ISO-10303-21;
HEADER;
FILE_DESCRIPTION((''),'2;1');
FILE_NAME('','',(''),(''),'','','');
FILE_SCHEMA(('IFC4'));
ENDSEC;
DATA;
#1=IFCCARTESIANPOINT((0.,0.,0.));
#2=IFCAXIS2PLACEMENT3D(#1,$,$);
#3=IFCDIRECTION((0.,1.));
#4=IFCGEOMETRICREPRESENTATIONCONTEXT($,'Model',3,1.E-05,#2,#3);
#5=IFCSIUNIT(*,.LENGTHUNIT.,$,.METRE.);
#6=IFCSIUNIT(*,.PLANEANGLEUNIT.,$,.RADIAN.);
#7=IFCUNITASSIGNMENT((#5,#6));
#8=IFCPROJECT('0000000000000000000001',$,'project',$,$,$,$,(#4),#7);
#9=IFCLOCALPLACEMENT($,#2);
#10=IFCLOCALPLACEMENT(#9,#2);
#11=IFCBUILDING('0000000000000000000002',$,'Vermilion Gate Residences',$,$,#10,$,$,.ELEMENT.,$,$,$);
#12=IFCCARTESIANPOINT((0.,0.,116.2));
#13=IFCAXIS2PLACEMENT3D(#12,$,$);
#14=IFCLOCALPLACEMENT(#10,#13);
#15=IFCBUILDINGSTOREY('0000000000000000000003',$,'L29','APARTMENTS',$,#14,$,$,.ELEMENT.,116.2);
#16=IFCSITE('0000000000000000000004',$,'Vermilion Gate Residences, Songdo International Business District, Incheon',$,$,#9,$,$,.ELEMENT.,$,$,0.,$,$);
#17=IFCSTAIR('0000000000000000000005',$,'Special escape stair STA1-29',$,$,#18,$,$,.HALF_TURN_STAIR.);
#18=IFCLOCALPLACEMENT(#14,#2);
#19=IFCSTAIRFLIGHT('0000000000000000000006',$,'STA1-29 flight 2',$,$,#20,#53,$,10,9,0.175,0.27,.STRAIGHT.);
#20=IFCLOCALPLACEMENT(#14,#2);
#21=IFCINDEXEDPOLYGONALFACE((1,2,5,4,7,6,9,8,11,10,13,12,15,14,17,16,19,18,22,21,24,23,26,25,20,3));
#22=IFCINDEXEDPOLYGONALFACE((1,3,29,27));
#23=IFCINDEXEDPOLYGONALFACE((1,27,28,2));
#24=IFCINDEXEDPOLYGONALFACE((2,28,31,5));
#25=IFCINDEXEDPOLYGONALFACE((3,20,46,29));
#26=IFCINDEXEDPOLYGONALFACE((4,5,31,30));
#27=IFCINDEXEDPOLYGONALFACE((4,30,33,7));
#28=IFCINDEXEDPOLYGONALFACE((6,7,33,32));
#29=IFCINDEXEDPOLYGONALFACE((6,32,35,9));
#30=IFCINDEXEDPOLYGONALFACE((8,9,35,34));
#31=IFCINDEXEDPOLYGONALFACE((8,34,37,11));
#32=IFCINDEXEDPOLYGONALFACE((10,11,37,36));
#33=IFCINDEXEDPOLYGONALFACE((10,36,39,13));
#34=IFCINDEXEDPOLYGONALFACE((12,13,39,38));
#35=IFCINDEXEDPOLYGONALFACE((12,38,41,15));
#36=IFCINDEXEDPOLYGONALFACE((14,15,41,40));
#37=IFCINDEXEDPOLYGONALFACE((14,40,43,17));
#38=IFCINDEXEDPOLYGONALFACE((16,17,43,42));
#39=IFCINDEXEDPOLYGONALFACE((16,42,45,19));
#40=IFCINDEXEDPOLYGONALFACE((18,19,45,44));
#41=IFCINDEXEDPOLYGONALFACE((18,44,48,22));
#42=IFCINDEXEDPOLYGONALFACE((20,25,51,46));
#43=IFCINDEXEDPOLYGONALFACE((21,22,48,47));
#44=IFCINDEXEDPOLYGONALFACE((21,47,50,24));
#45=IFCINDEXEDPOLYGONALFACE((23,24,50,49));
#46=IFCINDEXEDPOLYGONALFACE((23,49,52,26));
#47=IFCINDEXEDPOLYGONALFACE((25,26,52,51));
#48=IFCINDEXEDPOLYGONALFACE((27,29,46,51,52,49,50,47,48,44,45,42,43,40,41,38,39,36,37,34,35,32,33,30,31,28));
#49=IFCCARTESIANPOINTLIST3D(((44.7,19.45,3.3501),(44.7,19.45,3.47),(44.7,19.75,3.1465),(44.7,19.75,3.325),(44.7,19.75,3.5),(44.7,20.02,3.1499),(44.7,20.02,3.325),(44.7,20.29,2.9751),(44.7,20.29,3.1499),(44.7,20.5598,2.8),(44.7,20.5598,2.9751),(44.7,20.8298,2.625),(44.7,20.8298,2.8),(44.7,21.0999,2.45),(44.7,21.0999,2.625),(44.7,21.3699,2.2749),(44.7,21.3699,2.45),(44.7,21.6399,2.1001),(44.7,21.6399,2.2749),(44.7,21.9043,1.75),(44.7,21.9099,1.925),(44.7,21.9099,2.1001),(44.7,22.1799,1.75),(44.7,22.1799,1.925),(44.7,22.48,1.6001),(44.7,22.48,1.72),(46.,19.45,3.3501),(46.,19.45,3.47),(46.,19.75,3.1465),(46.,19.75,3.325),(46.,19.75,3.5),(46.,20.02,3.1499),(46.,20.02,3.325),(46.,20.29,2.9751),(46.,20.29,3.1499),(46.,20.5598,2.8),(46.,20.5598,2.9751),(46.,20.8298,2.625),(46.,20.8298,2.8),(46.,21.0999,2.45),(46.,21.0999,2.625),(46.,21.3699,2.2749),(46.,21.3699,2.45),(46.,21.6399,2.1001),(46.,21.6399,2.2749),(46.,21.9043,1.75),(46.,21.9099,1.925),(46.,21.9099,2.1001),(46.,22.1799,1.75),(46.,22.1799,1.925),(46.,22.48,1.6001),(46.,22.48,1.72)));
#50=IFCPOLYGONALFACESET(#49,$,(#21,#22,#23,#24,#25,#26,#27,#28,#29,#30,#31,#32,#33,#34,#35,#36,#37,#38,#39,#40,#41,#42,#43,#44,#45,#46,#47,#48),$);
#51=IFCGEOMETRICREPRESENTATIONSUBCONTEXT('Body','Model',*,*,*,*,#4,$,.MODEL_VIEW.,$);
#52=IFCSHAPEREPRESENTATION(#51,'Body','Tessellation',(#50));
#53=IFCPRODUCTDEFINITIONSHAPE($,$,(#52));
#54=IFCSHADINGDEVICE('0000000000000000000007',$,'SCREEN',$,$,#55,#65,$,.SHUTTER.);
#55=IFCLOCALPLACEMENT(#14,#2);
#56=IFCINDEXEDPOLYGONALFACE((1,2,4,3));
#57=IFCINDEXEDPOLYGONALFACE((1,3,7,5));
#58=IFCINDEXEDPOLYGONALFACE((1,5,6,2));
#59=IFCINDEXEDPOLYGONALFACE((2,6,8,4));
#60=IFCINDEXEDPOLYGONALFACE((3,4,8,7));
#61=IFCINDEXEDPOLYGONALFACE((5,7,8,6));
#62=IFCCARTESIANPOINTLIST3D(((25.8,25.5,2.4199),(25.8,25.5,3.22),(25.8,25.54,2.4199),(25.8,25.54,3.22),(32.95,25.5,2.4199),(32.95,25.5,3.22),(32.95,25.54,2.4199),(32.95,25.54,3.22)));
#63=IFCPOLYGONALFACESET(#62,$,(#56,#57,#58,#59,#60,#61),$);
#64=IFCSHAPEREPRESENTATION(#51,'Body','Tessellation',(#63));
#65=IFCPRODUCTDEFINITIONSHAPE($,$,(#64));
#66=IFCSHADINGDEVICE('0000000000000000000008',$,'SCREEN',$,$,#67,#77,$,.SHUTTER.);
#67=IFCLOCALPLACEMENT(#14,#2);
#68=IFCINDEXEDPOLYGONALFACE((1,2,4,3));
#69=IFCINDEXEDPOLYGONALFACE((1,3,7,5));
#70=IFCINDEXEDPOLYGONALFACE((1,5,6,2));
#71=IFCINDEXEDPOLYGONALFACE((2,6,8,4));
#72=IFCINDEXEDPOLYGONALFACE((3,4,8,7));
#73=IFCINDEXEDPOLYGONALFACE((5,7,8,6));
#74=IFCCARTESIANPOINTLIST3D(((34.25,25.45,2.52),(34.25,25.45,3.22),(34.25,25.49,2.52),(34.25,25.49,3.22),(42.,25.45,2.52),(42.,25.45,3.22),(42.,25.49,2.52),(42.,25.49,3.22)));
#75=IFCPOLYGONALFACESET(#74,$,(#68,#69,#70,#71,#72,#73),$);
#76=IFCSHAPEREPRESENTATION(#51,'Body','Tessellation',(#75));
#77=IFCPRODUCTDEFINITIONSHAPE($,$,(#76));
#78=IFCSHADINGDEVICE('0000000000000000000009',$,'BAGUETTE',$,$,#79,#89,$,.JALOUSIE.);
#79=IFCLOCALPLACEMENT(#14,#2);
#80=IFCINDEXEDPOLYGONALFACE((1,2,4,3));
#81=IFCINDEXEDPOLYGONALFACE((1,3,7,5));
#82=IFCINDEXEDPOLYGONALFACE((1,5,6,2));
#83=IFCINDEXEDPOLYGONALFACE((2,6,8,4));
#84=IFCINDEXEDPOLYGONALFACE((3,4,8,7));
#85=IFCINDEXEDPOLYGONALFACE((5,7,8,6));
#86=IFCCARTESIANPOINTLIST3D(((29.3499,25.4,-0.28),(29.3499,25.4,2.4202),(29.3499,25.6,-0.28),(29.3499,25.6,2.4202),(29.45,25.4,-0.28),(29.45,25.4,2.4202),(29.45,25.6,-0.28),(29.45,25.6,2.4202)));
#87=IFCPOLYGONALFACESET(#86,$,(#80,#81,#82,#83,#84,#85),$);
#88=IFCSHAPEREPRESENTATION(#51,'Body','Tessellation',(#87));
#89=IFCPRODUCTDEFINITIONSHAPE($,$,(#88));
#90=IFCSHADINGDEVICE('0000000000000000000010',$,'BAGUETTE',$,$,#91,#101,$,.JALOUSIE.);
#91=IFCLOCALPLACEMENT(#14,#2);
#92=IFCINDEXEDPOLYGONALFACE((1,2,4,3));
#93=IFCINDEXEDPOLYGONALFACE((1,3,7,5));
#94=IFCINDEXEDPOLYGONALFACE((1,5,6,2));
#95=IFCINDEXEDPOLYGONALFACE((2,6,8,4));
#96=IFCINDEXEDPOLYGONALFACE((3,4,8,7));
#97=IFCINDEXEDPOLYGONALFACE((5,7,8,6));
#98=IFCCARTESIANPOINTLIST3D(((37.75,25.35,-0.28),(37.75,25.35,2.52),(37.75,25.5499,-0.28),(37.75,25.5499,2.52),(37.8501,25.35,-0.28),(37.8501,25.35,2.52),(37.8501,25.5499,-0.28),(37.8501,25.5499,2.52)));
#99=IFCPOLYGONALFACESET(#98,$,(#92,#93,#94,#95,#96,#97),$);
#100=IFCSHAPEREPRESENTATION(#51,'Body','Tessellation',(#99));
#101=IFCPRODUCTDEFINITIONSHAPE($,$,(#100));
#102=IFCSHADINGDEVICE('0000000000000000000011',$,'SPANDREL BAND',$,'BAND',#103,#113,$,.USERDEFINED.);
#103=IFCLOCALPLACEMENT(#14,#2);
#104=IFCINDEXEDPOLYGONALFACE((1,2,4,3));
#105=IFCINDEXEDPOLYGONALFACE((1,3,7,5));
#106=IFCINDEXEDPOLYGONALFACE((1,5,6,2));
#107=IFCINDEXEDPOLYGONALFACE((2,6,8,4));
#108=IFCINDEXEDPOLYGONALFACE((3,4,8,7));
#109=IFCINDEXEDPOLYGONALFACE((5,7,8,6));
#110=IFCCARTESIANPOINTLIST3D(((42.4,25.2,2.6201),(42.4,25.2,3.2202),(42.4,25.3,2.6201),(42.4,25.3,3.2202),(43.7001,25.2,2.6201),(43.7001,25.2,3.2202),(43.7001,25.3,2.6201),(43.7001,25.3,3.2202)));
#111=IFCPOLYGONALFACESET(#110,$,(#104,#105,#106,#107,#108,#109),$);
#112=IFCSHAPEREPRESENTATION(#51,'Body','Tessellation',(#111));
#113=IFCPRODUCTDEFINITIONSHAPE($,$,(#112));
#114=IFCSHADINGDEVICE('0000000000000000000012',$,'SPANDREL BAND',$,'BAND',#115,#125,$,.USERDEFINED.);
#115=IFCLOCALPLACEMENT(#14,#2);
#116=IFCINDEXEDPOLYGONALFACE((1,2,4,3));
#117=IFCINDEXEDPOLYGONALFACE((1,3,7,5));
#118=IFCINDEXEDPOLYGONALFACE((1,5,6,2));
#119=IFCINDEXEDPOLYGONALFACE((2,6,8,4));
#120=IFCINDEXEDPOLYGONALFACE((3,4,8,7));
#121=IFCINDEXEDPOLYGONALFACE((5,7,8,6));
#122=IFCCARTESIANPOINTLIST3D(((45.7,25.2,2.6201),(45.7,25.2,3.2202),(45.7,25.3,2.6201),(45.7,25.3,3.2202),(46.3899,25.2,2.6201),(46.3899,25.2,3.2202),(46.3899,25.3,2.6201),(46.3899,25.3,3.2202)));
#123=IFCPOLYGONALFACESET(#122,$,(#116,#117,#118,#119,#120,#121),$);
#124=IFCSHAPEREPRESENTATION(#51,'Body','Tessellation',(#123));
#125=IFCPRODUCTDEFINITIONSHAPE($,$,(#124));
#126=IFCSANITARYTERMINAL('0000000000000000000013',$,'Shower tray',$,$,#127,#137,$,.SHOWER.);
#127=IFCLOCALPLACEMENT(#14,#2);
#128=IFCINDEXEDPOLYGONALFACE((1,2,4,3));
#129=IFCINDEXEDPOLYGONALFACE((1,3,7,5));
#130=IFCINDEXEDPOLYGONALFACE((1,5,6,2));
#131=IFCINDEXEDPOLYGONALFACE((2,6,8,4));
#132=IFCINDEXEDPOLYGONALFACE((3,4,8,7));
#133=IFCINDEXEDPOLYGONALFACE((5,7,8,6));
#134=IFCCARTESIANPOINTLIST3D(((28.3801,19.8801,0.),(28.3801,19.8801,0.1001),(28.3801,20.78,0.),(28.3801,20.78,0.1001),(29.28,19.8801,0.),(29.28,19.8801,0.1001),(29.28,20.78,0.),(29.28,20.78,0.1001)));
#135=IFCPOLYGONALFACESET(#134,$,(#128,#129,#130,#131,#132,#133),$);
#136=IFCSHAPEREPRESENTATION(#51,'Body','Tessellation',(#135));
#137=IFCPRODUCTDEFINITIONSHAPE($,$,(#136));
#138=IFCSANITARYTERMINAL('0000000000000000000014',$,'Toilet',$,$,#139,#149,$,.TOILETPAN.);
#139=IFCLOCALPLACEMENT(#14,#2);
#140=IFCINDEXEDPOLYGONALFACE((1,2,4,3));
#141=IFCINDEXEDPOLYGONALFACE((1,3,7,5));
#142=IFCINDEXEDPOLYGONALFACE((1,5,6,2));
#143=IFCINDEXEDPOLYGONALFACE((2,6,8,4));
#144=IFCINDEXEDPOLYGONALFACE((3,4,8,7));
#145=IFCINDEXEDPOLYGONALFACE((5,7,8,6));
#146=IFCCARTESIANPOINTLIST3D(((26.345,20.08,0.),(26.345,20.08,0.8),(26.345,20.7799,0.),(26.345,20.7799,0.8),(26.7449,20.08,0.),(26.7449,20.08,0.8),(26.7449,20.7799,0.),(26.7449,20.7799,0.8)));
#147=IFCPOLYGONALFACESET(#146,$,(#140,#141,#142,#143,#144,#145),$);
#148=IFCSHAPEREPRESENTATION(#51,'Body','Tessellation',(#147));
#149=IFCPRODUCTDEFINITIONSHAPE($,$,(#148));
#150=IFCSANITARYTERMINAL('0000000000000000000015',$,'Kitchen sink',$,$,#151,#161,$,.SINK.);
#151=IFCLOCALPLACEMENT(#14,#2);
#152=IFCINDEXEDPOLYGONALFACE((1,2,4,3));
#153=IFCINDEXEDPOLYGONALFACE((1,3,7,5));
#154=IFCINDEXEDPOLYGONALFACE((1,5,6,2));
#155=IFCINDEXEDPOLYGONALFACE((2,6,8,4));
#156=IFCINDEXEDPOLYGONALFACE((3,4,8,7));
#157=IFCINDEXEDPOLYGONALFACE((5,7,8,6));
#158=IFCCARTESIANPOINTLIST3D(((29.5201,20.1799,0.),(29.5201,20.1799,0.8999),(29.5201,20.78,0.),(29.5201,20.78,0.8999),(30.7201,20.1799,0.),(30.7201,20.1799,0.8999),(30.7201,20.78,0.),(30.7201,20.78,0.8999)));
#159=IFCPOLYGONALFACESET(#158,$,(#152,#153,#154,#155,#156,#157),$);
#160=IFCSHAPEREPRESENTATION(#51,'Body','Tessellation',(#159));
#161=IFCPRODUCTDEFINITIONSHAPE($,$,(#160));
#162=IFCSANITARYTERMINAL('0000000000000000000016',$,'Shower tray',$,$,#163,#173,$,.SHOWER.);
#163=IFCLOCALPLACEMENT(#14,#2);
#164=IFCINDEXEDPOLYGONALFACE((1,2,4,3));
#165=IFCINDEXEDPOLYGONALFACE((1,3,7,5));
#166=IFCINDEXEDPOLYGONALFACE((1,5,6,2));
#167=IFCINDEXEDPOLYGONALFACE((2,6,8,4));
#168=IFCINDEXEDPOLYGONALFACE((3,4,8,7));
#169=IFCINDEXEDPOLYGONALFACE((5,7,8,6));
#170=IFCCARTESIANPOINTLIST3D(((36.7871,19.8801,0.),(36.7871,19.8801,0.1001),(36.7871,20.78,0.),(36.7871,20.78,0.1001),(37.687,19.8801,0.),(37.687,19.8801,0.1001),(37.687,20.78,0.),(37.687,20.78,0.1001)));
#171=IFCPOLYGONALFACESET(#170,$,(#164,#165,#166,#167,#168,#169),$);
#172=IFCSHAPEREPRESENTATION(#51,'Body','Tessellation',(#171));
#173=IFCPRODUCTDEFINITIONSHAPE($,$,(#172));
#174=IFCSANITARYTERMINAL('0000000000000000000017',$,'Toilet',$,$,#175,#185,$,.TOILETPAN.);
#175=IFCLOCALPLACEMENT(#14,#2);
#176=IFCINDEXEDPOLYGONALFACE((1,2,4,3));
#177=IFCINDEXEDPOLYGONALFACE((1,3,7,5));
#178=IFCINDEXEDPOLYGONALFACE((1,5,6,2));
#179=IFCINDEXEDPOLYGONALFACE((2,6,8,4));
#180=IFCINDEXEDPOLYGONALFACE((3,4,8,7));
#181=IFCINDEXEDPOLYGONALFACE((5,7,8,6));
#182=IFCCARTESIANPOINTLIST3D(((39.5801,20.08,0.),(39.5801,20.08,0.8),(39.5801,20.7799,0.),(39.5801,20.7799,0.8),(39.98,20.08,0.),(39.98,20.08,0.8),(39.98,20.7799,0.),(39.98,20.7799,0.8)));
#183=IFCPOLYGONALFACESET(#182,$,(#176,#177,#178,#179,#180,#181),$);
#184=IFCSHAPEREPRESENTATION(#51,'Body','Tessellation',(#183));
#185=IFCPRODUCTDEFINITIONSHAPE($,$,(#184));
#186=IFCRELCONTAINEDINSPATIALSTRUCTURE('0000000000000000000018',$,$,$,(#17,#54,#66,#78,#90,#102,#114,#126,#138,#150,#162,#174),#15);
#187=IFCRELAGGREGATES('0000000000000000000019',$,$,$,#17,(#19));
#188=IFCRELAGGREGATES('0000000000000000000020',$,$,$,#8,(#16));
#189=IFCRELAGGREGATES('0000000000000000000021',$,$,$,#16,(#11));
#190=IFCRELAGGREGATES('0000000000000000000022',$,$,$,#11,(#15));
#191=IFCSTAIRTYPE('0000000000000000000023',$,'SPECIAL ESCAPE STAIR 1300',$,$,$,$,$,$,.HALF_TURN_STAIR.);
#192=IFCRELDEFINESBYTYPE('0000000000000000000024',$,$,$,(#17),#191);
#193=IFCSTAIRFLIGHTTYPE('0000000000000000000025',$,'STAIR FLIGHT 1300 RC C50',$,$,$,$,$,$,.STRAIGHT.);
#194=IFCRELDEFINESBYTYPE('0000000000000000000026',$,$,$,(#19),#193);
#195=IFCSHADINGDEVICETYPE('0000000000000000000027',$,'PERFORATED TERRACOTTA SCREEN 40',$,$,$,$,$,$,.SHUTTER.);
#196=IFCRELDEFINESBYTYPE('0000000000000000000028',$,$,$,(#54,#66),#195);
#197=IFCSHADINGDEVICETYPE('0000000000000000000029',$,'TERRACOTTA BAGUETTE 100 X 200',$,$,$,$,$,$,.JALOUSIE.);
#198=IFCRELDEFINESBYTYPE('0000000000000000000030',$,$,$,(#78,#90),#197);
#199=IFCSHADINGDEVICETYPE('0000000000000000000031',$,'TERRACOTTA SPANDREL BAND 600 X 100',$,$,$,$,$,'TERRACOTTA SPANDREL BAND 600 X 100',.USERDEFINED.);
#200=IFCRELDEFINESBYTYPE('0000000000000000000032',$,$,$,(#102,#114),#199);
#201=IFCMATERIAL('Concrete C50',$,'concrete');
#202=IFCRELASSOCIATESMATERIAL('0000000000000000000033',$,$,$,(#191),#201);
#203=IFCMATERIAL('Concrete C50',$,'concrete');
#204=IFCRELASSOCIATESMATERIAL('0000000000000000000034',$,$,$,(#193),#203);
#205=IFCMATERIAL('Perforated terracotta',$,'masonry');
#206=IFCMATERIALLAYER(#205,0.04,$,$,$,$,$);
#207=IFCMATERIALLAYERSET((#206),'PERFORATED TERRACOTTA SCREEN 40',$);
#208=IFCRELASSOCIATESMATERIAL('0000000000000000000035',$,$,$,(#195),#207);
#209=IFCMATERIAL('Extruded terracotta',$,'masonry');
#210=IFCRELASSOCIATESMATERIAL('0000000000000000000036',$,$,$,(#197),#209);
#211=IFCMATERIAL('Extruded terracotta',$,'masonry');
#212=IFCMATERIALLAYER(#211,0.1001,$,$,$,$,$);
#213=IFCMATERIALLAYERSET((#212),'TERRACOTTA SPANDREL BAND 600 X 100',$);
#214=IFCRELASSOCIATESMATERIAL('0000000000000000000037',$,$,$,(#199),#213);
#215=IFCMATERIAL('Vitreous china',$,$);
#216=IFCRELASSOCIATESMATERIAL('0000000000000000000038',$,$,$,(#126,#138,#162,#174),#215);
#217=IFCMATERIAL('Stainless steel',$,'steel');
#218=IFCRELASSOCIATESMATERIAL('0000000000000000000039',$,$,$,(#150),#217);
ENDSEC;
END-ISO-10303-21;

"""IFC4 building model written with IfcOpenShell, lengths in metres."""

from ifc_helpers import new_model, si_unit, direction, frame, origin, origin_2d, place, context, subcontext, project, spatial, polyline, rectangle, outline, extrude, material, layer, layer_set, material_profile, profile_set, type_object, element, aggregate, save


model = new_model("IFC4")

# Units and contexts
model_context = context("Model", 3, precision=1e-05, world=origin(), true_north=direction((0.0, 1.0)))
body_context = subcontext(model_context, "Body", "Model", "MODEL_VIEW")
ifc_project = project(units=[si_unit("LENGTHUNIT", "METRE"), si_unit("PLANEANGLEUNIT", "RADIAN")], contexts=[model_context])

# Site, building, storey
site_placement = place(None, origin())
site = spatial("IfcSite", under=ifc_project, at=site_placement, Name="Vermilion Gate Residences, Songdo International Business District, Incheon", CompositionType="ELEMENT", RefElevation=0.0)
building_placement = place(site_placement, origin())
building = spatial("IfcBuilding", under=site, at=building_placement, Name="Vermilion Gate Residences", CompositionType="ELEMENT")
storey_placement = place(building_placement, frame((0.0, 0.0, 116.2)))
storey = spatial("IfcBuildingStorey", under=building, at=storey_placement, Name="L29", Description="APARTMENTS", CompositionType="ELEMENT", Elevation=116.2)

# Stair, stair flight
ifc_material_1 = material(Name="Concrete C50", Category="concrete")
stair_type = type_object("IfcStairType", Name="SPECIAL ESCAPE STAIR 1300", PredefinedType="HALF_TURN_STAIR", material=ifc_material_1)
stair_placement = place(storey_placement, origin())
stair = element("IfcStair", 1, at=stair_placement, inside=storey, type_object=stair_type, Name="Special escape stair STA1-29", PredefinedType="HALF_TURN_STAIR")
ifc_material_2 = material(Name="Concrete C50", Category="concrete")
stair_flight_type = type_object("IfcStairFlightType", Name="STAIR FLIGHT 1300 RC C50", PredefinedType="STRAIGHT", material=ifc_material_2)
stair_flight_placement = place(storey_placement, frame((45.3501, 22.1799, 1.75), z_axis=(0.0, 0.0, 1.0), x_axis=(0.0, -1.0, 0.0)))
stair_flight = element("IfcStairFlight", 2, at=stair_flight_placement, type_object=stair_flight_type, Name="STA1-29 flight 2", NumberOfRisers=10, NumberOfTreads=9, PredefinedType="STRAIGHT", RiserHeight=0.175, TreadLength=0.27, context=body_context, shape_type="SweptSolid", body=[
    extrude(outline(polyline([(-0.3, -0.1499), (-0.3, -0.03), (0.0, 0.0), (0.0, 0.175), (0.27, 0.175), (0.27, 0.3501), (0.54, 0.3501), (0.54, 0.5249), (0.8101, 0.5249), (0.8101, 0.7), (1.0801, 0.7), (1.0801, 0.875), (1.3501, 0.875), (1.3501, 1.05), (1.6201, 1.05), (1.6201, 1.2251), (1.8899, 1.2251), (1.8899, 1.3999), (2.1599, 1.3999), (2.1599, 1.575), (2.4299, 1.575), (2.4299, 1.75), (2.73, 1.72), (2.73, 1.6001), (2.4299, 1.3965), (0.2756, 0.0), (-0.3, -0.1499)])), frame((0.0, 0.6499, 0.0), z_axis=(0.0, -1.0, 0.0), x_axis=(1.0, 0.0, 0.0)), (0.0, 0.0, 1.0), 1.3),
])
aggregate(stair, [stair_flight])

# Shading devices
ifc_material_3 = material(Name="Perforated terracotta", Category="masonry")
ifc_layer_1 = layer(ifc_material_3, 0.04)
ifc_layer_set_1 = layer_set([ifc_layer_1], Name="PERFORATED TERRACOTTA SCREEN 40")
shading_device_type_1 = type_object("IfcShadingDeviceType", Name="PERFORATED TERRACOTTA SCREEN 40", PredefinedType="SHUTTER", material=ifc_layer_set_1)
shading_device_1_placement = place(storey_placement, frame((29.375, 25.52, 2.4199), z_axis=(0.0, 0.0, 1.0), x_axis=(-1.0, 0.0, 0.0)))
element("IfcShadingDevice", 3, at=shading_device_1_placement, inside=storey, type_object=shading_device_type_1, Name="SCREEN", PredefinedType="SHUTTER", context=body_context, shape_type="SweptSolid", body=[
    extrude(rectangle(XDim=7.1499, YDim=0.04, at=origin_2d()), origin(), (0.0, 0.0, 1.0), 0.8),
])
shading_device_2_placement = place(storey_placement, frame((38.125, 25.47, 2.52), z_axis=(0.0, 0.0, 1.0), x_axis=(-1.0, 0.0, 0.0)))
element("IfcShadingDevice", 4, at=shading_device_2_placement, inside=storey, type_object=shading_device_type_1, Name="SCREEN", PredefinedType="SHUTTER", context=body_context, shape_type="SweptSolid", body=[
    extrude(rectangle(XDim=7.75, YDim=0.04, at=origin_2d()), origin(), (0.0, 0.0, 1.0), 0.7),
])
ifc_material_4 = material(Name="Extruded terracotta", Category="masonry")
ifc_material_profile_1 = material_profile(ifc_material_4, rectangle(XDim=0.2, YDim=0.1001, at=origin_2d()), Name="BAGUETTE 100 X 200")
ifc_profile_set_1 = profile_set([ifc_material_profile_1], Name="Extruded terracotta")
shading_device_type_2 = type_object("IfcShadingDeviceType", Name="TERRACOTTA BAGUETTE 100 X 200", PredefinedType="JALOUSIE", material=ifc_profile_set_1)
shading_device_3_placement = place(storey_placement, frame((29.3999, 25.5, -0.28), z_axis=(0.0, 0.0, 1.0), x_axis=(0.0, -1.0, 0.0)))
element("IfcShadingDevice", 5, at=shading_device_3_placement, inside=storey, type_object=shading_device_type_2, Name="BAGUETTE", PredefinedType="JALOUSIE", context=body_context, shape_type="SweptSolid", body=[
    extrude(rectangle(XDim=0.2, YDim=0.1001, at=origin_2d()), origin(), (0.0, 0.0, 1.0), 2.7002),
])
shading_device_4_placement = place(storey_placement, frame((37.8, 25.45, -0.28), z_axis=(0.0, 0.0, 1.0), x_axis=(0.0, -1.0, 0.0)))
element("IfcShadingDevice", 6, at=shading_device_4_placement, inside=storey, type_object=shading_device_type_2, Name="BAGUETTE", PredefinedType="JALOUSIE", context=body_context, shape_type="SweptSolid", body=[
    extrude(rectangle(XDim=0.2, YDim=0.1001, at=origin_2d()), origin(), (0.0, 0.0, 1.0), 2.8),
])
ifc_material_5 = material(Name="Extruded terracotta", Category="masonry")
ifc_layer_2 = layer(ifc_material_5, 0.1001)
ifc_layer_set_2 = layer_set([ifc_layer_2], Name="TERRACOTTA SPANDREL BAND 600 X 100")
shading_device_type_3 = type_object("IfcShadingDeviceType", Name="TERRACOTTA SPANDREL BAND 600 X 100", ElementType="TERRACOTTA SPANDREL BAND 600 X 100", PredefinedType="USERDEFINED", material=ifc_layer_set_2)
shading_device_5_placement = place(storey_placement, frame((43.05, 25.25, 2.6201), z_axis=(0.0, 0.0, 1.0), x_axis=(1.0, 0.0, 0.0)))
element("IfcShadingDevice", 7, at=shading_device_5_placement, inside=storey, type_object=shading_device_type_3, Name="SPANDREL BAND", ObjectType="BAND", PredefinedType="USERDEFINED", context=body_context, shape_type="SweptSolid", body=[
    extrude(rectangle(XDim=1.3, YDim=0.1001, at=origin_2d()), origin(), (0.0, 0.0, 1.0), 0.6001),
])
shading_device_6_placement = place(storey_placement, frame((46.0449, 25.25, 2.6201), z_axis=(0.0, 0.0, 1.0), x_axis=(1.0, 0.0, 0.0)))
element("IfcShadingDevice", 8, at=shading_device_6_placement, inside=storey, type_object=shading_device_type_3, Name="SPANDREL BAND", ObjectType="BAND", PredefinedType="USERDEFINED", context=body_context, shape_type="SweptSolid", body=[
    extrude(rectangle(XDim=0.6899, YDim=0.1001, at=origin_2d()), origin(), (0.0, 0.0, 1.0), 0.6001),
])

# Sanitary terminals
ifc_material_6 = material(Name="Vitreous china")
sanitary_terminal_1_placement = place(storey_placement, frame((28.8301, 20.3301, 0.0), z_axis=(0.0, 0.0, 1.0), x_axis=(1.0, 0.0, 0.0)))
element("IfcSanitaryTerminal", 9, at=sanitary_terminal_1_placement, inside=storey, material=ifc_material_6, Name="Shower tray", PredefinedType="SHOWER", context=body_context, shape_type="SweptSolid", body=[
    extrude(rectangle(XDim=0.8999, YDim=0.8999, at=origin_2d()), origin(), (0.0, 0.0, 1.0), 0.1001),
])
sanitary_terminal_2_placement = place(storey_placement, frame((26.5449, 20.4299, 0.0), z_axis=(0.0, 0.0, 1.0), x_axis=(1.0, 0.0, 0.0)))
element("IfcSanitaryTerminal", 10, at=sanitary_terminal_2_placement, inside=storey, material=ifc_material_6, Name="Toilet", PredefinedType="TOILETPAN", context=body_context, shape_type="SweptSolid", body=[
    extrude(rectangle(XDim=0.3999, YDim=0.7, at=origin_2d()), origin(), (0.0, 0.0, 1.0), 0.8),
])
ifc_material_7 = material(Name="Stainless steel", Category="steel")
sanitary_terminal_3_placement = place(storey_placement, frame((30.1201, 20.48, 0.0), z_axis=(0.0, 0.0, 1.0), x_axis=(1.0, 0.0, 0.0)))
element("IfcSanitaryTerminal", 11, at=sanitary_terminal_3_placement, inside=storey, material=ifc_material_7, Name="Kitchen sink", PredefinedType="SINK", context=body_context, shape_type="SweptSolid", body=[
    extrude(rectangle(XDim=1.2, YDim=0.6001, at=origin_2d()), origin(), (0.0, 0.0, 1.0), 0.8999),
])
sanitary_terminal_4_placement = place(storey_placement, frame((37.2371, 20.3301, 0.0), z_axis=(0.0, 0.0, 1.0), x_axis=(1.0, 0.0, 0.0)))
element("IfcSanitaryTerminal", 12, at=sanitary_terminal_4_placement, inside=storey, material=ifc_material_6, Name="Shower tray", PredefinedType="SHOWER", context=body_context, shape_type="SweptSolid", body=[
    extrude(rectangle(XDim=0.8999, YDim=0.8999, at=origin_2d()), origin(), (0.0, 0.0, 1.0), 0.1001),
])
sanitary_terminal_5_placement = place(storey_placement, frame((39.78, 20.4299, 0.0), z_axis=(0.0, 0.0, 1.0), x_axis=(1.0, 0.0, 0.0)))
element("IfcSanitaryTerminal", 13, at=sanitary_terminal_5_placement, inside=storey, material=ifc_material_6, Name="Toilet", PredefinedType="TOILETPAN", context=body_context, shape_type="SweptSolid", body=[
    extrude(rectangle(XDim=0.3999, YDim=0.7, at=origin_2d()), origin(), (0.0, 0.0, 1.0), 0.8),
])

save(model, "model.ifc")
